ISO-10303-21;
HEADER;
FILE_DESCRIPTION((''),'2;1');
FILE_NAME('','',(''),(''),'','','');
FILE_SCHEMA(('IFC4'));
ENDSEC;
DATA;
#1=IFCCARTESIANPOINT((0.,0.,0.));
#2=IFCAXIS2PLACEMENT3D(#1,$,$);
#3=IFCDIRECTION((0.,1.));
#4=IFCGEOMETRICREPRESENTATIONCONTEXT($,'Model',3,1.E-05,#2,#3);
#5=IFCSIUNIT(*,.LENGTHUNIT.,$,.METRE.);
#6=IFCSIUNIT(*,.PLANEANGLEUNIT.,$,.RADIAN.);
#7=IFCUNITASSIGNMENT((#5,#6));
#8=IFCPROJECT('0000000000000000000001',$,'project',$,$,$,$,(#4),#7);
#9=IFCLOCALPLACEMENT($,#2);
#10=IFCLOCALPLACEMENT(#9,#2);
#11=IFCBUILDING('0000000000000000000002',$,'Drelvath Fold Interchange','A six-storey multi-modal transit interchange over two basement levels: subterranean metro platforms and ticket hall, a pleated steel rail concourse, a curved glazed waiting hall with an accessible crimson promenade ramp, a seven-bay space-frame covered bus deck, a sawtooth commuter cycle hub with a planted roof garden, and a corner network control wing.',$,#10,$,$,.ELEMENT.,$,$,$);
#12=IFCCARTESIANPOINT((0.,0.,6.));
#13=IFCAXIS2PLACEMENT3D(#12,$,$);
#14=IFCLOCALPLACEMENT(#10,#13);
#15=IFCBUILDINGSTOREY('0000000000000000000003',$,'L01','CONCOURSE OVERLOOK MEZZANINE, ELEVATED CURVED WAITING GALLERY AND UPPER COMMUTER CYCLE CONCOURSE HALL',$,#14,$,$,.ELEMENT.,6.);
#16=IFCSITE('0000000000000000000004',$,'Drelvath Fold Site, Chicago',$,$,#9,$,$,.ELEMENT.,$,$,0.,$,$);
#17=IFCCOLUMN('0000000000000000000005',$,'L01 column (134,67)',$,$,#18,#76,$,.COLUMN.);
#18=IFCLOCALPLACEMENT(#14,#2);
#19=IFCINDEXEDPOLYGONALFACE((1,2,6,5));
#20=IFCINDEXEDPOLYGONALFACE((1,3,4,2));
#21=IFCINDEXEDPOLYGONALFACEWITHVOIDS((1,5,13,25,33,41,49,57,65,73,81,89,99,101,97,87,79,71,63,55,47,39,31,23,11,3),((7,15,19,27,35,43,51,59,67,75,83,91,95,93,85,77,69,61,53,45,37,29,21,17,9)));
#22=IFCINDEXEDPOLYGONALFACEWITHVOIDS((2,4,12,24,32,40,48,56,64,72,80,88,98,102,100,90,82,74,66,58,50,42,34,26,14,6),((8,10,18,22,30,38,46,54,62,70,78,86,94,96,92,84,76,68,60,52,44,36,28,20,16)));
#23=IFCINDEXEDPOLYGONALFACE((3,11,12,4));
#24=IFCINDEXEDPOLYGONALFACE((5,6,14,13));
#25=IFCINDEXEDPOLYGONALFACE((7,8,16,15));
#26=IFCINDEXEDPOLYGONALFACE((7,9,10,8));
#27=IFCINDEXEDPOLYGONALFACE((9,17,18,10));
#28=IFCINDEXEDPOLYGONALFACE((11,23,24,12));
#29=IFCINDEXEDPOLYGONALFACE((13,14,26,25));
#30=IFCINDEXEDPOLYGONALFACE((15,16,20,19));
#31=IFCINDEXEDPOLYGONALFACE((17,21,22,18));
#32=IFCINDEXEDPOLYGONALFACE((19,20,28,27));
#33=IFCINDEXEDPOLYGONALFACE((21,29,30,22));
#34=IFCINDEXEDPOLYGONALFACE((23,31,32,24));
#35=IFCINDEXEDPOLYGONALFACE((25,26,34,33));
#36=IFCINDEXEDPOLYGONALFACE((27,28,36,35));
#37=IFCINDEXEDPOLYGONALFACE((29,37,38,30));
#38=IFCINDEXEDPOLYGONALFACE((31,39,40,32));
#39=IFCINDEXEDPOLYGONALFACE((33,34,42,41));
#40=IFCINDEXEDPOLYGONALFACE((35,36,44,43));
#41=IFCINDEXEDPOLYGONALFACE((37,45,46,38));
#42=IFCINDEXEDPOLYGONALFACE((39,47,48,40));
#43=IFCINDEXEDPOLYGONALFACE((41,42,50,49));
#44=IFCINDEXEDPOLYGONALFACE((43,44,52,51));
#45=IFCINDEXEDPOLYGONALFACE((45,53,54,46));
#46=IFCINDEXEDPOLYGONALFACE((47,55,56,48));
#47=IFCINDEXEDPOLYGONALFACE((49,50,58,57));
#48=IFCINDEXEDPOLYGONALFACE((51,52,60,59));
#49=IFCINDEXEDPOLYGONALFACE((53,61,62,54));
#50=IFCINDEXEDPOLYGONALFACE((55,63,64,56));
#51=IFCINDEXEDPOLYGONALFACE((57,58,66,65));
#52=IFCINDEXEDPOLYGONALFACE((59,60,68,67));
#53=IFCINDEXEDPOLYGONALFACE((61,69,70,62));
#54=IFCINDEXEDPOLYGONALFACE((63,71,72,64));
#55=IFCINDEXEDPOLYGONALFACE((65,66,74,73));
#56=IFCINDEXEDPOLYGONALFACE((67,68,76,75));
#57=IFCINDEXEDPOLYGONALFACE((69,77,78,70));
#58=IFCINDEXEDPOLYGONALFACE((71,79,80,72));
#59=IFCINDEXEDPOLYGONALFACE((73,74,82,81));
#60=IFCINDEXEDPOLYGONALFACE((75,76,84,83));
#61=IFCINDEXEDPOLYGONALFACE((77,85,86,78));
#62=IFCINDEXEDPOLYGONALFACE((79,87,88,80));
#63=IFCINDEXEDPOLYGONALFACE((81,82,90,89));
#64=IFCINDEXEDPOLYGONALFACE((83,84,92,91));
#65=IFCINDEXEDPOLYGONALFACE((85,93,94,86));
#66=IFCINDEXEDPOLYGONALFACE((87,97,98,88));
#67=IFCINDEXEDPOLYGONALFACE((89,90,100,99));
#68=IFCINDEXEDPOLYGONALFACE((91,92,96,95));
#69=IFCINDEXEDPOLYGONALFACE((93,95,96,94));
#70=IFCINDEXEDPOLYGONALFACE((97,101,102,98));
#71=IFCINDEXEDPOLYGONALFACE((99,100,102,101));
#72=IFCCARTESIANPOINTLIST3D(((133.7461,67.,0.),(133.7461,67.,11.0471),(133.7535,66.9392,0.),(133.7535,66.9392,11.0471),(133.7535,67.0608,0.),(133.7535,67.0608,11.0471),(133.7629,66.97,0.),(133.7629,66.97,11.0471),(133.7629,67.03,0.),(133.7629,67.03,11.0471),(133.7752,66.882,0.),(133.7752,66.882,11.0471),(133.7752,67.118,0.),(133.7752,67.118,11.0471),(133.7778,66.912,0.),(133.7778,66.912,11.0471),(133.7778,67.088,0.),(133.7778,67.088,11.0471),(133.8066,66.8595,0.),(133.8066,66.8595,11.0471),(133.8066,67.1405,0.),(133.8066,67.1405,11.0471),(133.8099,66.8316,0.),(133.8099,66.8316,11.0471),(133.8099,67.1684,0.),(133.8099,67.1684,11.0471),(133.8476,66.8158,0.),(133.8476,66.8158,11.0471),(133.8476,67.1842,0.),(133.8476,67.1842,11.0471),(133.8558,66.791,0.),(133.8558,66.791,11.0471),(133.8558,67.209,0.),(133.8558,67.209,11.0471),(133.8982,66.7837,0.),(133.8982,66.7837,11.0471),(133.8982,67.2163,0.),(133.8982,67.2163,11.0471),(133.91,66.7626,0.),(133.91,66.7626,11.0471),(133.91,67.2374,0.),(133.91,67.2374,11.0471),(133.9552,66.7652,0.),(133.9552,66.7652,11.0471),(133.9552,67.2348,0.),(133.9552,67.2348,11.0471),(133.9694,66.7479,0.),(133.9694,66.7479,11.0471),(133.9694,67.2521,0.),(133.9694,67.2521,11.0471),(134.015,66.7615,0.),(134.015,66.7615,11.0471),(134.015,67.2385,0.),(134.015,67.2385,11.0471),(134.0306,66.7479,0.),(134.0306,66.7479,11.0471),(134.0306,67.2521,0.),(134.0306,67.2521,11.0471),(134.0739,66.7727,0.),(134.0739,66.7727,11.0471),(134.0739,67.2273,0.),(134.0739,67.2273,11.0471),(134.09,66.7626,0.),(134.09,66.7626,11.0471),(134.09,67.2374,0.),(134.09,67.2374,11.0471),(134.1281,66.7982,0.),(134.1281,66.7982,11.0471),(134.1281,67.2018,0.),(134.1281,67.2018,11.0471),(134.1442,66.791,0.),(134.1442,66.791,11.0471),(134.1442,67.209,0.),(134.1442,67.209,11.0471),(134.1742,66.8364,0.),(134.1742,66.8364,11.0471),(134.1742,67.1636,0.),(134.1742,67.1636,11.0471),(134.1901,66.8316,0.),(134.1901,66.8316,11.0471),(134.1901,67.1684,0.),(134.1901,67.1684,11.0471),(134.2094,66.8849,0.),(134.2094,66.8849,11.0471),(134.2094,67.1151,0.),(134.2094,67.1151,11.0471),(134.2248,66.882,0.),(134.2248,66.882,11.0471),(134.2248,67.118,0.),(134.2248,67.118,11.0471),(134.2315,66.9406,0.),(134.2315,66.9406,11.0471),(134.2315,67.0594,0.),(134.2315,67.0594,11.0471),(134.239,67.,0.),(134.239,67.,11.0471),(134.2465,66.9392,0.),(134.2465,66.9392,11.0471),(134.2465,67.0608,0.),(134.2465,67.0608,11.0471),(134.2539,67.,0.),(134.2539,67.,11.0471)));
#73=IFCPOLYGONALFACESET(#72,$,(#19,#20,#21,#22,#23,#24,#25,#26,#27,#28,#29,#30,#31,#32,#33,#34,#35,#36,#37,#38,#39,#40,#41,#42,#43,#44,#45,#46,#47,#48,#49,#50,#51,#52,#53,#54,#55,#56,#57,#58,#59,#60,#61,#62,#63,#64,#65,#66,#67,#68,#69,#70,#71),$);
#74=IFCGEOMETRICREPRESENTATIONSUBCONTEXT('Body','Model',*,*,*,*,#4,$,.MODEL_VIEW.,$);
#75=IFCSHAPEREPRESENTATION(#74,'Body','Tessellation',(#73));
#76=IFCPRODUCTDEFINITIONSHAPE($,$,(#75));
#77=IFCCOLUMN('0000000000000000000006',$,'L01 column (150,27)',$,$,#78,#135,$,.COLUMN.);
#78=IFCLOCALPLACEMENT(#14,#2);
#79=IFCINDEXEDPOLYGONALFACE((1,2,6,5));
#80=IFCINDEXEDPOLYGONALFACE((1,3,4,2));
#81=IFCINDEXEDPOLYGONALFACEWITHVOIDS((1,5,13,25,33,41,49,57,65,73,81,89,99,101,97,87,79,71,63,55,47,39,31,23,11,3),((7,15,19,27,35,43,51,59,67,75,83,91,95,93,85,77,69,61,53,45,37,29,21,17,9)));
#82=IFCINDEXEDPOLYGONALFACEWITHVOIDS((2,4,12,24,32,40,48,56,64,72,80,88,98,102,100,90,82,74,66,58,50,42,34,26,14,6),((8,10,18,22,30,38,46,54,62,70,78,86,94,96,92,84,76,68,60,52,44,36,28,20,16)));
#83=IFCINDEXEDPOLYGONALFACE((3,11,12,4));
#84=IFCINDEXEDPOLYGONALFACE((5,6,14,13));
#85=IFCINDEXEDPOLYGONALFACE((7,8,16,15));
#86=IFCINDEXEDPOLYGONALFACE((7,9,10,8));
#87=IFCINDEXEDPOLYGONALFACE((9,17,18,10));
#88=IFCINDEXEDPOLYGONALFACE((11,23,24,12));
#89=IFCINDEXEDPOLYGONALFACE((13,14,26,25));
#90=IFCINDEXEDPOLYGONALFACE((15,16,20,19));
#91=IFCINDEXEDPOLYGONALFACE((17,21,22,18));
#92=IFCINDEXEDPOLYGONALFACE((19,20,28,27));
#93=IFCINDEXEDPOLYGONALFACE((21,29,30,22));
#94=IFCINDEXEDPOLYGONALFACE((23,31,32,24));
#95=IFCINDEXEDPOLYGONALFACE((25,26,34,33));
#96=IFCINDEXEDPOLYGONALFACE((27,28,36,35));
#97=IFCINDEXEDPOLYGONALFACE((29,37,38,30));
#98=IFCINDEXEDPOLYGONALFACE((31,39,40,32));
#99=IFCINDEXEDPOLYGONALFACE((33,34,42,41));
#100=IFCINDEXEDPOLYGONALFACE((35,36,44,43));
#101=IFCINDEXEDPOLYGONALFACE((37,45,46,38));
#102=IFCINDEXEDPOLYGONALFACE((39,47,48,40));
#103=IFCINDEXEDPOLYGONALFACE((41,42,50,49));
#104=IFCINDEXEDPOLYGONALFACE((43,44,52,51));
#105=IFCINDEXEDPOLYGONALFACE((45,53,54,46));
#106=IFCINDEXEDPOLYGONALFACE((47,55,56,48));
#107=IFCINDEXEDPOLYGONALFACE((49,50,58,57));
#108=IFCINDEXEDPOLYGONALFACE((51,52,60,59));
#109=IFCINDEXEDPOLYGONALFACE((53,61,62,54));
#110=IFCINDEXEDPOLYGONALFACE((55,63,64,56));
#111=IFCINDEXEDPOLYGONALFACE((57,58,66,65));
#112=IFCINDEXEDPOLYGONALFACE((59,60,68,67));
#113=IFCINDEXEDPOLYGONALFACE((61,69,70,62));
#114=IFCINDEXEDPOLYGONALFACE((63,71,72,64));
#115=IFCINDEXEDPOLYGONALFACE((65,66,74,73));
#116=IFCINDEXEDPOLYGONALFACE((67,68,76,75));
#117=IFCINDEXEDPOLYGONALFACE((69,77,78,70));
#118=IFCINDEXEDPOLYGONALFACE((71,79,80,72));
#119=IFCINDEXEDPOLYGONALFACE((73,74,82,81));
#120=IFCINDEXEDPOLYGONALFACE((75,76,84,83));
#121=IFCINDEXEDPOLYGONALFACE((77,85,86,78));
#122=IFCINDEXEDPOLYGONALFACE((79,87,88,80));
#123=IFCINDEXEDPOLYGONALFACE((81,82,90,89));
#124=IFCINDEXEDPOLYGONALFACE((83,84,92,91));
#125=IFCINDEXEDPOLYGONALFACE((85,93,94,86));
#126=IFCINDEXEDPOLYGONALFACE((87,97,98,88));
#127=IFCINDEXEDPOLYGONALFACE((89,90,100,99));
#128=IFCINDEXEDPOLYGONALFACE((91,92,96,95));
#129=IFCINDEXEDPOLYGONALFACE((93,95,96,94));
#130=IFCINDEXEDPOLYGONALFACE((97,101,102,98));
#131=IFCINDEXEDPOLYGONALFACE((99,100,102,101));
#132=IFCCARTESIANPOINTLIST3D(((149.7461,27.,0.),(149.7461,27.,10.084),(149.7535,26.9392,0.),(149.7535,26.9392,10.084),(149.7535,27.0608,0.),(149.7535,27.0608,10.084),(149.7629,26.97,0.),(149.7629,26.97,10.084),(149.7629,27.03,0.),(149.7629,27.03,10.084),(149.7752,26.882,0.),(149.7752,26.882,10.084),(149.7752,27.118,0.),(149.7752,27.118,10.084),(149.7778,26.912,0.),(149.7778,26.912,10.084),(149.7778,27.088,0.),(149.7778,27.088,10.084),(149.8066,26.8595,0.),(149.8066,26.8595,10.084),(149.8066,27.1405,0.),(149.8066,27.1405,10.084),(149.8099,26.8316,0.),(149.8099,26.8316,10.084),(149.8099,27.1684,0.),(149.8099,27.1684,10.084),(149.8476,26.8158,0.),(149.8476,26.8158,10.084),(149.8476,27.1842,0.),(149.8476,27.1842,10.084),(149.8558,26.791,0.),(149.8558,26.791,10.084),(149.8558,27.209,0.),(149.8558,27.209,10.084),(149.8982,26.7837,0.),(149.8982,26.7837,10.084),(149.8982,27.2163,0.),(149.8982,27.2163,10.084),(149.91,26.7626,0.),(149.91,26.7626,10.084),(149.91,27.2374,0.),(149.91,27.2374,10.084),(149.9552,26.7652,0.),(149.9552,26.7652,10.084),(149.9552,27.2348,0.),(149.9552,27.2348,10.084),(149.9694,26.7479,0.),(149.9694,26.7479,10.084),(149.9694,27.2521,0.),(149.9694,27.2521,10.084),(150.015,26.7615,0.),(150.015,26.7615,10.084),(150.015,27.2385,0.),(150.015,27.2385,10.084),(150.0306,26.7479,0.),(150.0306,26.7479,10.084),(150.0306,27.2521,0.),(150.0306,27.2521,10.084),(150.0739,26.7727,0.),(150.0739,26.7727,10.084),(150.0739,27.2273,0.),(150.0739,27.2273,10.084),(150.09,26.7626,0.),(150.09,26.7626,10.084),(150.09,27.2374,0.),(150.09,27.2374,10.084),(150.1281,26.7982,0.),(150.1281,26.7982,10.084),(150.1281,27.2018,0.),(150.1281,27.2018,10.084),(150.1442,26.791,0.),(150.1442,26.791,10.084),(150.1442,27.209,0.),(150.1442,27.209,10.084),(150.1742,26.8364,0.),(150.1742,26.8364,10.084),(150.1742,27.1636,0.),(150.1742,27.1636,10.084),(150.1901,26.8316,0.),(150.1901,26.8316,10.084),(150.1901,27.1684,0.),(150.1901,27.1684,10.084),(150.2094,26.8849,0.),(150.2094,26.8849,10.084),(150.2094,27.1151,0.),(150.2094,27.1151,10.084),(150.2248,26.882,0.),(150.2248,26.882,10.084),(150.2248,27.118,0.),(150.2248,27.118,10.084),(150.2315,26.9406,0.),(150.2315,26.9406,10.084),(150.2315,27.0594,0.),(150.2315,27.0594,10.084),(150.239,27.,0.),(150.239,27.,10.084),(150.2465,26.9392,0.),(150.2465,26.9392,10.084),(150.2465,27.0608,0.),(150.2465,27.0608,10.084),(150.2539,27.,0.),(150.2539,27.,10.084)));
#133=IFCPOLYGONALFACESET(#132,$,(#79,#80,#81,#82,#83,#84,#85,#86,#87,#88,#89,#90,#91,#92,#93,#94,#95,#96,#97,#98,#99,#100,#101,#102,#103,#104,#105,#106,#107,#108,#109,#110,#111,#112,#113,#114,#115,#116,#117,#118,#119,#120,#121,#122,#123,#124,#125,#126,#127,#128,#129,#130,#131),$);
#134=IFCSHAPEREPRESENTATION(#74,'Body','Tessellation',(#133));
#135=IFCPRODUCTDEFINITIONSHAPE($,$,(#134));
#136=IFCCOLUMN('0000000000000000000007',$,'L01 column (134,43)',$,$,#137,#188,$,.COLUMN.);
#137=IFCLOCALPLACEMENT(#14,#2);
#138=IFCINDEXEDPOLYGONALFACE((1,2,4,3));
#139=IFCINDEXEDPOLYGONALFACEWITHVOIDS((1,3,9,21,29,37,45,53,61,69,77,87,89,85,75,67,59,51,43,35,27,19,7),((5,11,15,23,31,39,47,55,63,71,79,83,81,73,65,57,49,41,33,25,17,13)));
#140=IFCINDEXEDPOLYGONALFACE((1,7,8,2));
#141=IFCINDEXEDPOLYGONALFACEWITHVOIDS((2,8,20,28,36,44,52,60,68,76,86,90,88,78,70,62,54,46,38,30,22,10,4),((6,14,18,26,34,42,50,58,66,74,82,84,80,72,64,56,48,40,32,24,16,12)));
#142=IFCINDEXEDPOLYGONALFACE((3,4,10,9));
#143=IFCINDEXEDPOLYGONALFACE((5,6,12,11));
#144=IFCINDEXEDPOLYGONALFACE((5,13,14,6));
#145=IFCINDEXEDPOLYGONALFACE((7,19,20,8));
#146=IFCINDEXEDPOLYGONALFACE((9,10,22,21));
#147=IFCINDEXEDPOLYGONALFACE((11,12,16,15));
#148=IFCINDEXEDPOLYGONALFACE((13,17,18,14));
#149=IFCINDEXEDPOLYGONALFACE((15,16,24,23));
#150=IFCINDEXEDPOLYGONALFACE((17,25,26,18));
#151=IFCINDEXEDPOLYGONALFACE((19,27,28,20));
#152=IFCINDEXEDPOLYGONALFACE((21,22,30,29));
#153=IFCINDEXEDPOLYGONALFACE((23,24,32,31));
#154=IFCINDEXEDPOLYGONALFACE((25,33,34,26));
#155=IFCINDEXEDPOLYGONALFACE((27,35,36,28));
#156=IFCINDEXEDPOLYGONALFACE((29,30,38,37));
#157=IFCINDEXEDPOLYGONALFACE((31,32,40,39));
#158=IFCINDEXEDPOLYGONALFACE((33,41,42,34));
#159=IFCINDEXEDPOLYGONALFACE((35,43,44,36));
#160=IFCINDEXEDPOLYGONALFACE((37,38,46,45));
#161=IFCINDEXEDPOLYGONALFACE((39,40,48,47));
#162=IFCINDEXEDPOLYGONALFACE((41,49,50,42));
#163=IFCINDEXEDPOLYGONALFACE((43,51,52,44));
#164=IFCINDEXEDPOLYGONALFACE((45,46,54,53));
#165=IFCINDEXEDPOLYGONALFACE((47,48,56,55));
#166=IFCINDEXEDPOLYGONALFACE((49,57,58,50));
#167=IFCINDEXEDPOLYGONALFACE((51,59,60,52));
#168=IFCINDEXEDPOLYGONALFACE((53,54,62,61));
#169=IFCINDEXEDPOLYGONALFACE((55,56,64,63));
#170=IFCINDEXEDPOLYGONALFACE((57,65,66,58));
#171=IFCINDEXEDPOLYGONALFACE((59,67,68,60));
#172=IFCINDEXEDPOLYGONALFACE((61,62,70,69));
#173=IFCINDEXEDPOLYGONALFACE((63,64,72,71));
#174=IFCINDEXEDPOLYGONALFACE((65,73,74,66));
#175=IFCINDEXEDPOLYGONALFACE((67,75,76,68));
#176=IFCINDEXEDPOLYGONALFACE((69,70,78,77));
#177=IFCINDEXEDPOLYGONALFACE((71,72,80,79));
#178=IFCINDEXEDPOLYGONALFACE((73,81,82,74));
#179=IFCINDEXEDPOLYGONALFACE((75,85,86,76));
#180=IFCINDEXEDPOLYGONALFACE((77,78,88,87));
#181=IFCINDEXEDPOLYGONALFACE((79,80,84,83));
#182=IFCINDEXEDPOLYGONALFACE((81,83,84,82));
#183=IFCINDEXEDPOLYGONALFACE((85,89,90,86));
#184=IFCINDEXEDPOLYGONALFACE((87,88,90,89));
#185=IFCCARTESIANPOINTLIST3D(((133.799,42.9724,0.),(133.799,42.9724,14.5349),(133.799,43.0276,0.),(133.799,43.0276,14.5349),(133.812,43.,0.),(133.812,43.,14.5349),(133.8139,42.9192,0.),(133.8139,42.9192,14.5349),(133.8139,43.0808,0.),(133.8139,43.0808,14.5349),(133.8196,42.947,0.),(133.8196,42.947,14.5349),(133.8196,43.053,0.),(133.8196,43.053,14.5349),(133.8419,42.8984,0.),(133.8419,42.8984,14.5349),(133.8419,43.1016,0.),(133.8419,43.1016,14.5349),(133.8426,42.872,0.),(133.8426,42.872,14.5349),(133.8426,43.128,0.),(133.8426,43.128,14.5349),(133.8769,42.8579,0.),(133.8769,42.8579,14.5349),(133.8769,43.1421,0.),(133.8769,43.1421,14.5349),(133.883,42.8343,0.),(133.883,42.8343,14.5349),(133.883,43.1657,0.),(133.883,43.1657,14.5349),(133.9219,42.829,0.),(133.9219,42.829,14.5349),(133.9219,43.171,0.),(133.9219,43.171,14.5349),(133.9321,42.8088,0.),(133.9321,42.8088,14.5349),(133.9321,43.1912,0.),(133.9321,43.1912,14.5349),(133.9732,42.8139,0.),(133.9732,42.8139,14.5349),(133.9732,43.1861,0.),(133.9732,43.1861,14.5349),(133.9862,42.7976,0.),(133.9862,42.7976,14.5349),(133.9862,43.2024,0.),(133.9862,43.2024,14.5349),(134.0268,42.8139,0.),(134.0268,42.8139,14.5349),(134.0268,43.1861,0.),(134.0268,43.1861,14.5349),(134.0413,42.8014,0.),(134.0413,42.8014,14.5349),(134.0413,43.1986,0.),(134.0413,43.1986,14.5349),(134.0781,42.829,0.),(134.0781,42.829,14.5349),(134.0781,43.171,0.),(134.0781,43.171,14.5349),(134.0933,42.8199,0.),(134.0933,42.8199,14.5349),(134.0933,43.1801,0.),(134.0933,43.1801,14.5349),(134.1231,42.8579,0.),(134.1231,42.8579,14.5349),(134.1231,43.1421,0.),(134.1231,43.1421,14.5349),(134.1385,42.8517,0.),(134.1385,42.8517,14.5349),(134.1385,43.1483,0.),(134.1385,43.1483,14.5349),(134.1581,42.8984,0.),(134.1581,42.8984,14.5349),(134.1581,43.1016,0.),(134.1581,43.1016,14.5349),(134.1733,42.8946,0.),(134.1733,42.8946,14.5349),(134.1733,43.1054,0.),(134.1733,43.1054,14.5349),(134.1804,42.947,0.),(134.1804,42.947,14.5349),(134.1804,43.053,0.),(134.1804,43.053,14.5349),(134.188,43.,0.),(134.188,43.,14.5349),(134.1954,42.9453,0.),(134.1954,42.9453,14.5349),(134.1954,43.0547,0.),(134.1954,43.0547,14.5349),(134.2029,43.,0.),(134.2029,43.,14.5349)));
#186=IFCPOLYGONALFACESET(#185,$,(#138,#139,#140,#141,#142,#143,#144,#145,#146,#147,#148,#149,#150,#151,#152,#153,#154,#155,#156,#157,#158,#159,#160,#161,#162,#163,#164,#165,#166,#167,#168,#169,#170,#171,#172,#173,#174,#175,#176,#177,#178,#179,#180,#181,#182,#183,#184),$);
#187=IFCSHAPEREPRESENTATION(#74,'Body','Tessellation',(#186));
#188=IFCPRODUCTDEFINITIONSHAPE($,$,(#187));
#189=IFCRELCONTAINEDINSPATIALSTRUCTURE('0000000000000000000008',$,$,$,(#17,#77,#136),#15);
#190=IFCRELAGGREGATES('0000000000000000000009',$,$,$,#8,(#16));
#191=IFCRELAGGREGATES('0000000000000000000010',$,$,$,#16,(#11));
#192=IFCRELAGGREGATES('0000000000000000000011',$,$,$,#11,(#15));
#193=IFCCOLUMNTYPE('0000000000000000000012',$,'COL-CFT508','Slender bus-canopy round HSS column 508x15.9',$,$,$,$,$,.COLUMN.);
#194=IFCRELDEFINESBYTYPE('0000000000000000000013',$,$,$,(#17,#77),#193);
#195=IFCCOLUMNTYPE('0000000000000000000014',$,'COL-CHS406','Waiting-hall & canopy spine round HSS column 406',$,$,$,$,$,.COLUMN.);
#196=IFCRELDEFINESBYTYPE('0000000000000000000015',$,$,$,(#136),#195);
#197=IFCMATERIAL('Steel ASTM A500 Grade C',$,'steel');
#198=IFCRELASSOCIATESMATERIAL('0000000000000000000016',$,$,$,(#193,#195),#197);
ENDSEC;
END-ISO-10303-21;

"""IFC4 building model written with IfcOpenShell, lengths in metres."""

from ifc_helpers import new_model, si_unit, direction, frame, origin, origin_2d, place, context, subcontext, project, spatial, hollow_circle, extrude, material, material_profile, profile_set, type_object, element, save


model = new_model("IFC4")

# Units and contexts
model_context = context("Model", 3, precision=1e-05, world=origin(), true_north=direction((0.0, 1.0)))
body_context = subcontext(model_context, "Body", "Model", "MODEL_VIEW")
ifc_project = project(units=[si_unit("LENGTHUNIT", "METRE"), si_unit("PLANEANGLEUNIT", "RADIAN")], contexts=[model_context])

# Site, building, storey
site_placement = place(None, origin())
site = spatial("IfcSite", under=ifc_project, at=site_placement, Name="Drelvath Fold Site, Chicago", CompositionType="ELEMENT", RefElevation=0.0)
building_placement = place(site_placement, origin())
building = spatial("IfcBuilding", under=site, at=building_placement, Name="Drelvath Fold Interchange", Description="A six-storey multi-modal transit interchange over two basement levels: subterranean metro platforms and ticket hall, a pleated steel rail concourse, a curved glazed waiting hall with an accessible crimson promenade ramp, a seven-bay space-frame covered bus deck, a sawtooth commuter cycle hub with a planted roof garden, and a corner network control wing.", CompositionType="ELEMENT")
storey_placement = place(building_placement, frame((0.0, 0.0, 6.0)))
storey = spatial("IfcBuildingStorey", under=building, at=storey_placement, Name="L01", Description="CONCOURSE OVERLOOK MEZZANINE, ELEVATED CURVED WAITING GALLERY AND UPPER COMMUTER CYCLE CONCOURSE HALL", CompositionType="ELEMENT", Elevation=6.0)

# Columns
ifc_material_1 = material(Name="Steel ASTM A500 Grade C", Category="steel")
ifc_material_profile_1 = material_profile(ifc_material_1, hollow_circle(Radius=0.2539, WallThickness=0.0149, at=origin_2d()), Name="HSS20.000X0.625")
ifc_profile_set_1 = profile_set([ifc_material_profile_1], Name="Steel ASTM A500 Grade C")
column_type_1 = type_object("IfcColumnType", Name="COL-CFT508", Description="Slender bus-canopy round HSS column 508x15.9", PredefinedType="COLUMN", material=ifc_profile_set_1)
column_1_placement = place(storey_placement, frame((134.0, 67.0, 0.0), z_axis=(0.0, 0.0, 1.0), x_axis=(1.0, 0.0, 0.0)))
element("IfcColumn", 1, at=column_1_placement, inside=storey, type_object=column_type_1, Name="L01 column (134,67)", PredefinedType="COLUMN", context=body_context, shape_type="SweptSolid", body=[
    extrude(hollow_circle(Radius=0.2539, WallThickness=0.0149, at=origin_2d()), origin(), (0.0, 0.0, 1.0), 11.0471),
])
column_2_placement = place(storey_placement, frame((150.0, 27.0, 0.0), z_axis=(0.0, 0.0, 1.0), x_axis=(1.0, 0.0, 0.0)))
element("IfcColumn", 2, at=column_2_placement, inside=storey, type_object=column_type_1, Name="L01 column (150,27)", PredefinedType="COLUMN", context=body_context, shape_type="SweptSolid", body=[
    extrude(hollow_circle(Radius=0.2539, WallThickness=0.0149, at=origin_2d()), origin(), (0.0, 0.0, 1.0), 10.084),
])
ifc_material_profile_2 = material_profile(ifc_material_1, hollow_circle(Radius=0.2029, WallThickness=0.0149, at=origin_2d()), Name="HSS16.000X0.625")
ifc_profile_set_2 = profile_set([ifc_material_profile_2], Name="Steel ASTM A500 Grade C")
column_type_2 = type_object("IfcColumnType", Name="COL-CHS406", Description="Waiting-hall & canopy spine round HSS column 406", PredefinedType="COLUMN", material=ifc_profile_set_2)
column_3_placement = place(storey_placement, frame((134.0, 43.0, 0.0), z_axis=(0.0, 0.0, 1.0), x_axis=(1.0, 0.0, 0.0)))
element("IfcColumn", 3, at=column_3_placement, inside=storey, type_object=column_type_2, Name="L01 column (134,43)", PredefinedType="COLUMN", context=body_context, shape_type="SweptSolid", body=[
    extrude(hollow_circle(Radius=0.2029, WallThickness=0.0149, at=origin_2d()), origin(), (0.0, 0.0, 1.0), 14.5349),
])

save(model, "model.ifc")
